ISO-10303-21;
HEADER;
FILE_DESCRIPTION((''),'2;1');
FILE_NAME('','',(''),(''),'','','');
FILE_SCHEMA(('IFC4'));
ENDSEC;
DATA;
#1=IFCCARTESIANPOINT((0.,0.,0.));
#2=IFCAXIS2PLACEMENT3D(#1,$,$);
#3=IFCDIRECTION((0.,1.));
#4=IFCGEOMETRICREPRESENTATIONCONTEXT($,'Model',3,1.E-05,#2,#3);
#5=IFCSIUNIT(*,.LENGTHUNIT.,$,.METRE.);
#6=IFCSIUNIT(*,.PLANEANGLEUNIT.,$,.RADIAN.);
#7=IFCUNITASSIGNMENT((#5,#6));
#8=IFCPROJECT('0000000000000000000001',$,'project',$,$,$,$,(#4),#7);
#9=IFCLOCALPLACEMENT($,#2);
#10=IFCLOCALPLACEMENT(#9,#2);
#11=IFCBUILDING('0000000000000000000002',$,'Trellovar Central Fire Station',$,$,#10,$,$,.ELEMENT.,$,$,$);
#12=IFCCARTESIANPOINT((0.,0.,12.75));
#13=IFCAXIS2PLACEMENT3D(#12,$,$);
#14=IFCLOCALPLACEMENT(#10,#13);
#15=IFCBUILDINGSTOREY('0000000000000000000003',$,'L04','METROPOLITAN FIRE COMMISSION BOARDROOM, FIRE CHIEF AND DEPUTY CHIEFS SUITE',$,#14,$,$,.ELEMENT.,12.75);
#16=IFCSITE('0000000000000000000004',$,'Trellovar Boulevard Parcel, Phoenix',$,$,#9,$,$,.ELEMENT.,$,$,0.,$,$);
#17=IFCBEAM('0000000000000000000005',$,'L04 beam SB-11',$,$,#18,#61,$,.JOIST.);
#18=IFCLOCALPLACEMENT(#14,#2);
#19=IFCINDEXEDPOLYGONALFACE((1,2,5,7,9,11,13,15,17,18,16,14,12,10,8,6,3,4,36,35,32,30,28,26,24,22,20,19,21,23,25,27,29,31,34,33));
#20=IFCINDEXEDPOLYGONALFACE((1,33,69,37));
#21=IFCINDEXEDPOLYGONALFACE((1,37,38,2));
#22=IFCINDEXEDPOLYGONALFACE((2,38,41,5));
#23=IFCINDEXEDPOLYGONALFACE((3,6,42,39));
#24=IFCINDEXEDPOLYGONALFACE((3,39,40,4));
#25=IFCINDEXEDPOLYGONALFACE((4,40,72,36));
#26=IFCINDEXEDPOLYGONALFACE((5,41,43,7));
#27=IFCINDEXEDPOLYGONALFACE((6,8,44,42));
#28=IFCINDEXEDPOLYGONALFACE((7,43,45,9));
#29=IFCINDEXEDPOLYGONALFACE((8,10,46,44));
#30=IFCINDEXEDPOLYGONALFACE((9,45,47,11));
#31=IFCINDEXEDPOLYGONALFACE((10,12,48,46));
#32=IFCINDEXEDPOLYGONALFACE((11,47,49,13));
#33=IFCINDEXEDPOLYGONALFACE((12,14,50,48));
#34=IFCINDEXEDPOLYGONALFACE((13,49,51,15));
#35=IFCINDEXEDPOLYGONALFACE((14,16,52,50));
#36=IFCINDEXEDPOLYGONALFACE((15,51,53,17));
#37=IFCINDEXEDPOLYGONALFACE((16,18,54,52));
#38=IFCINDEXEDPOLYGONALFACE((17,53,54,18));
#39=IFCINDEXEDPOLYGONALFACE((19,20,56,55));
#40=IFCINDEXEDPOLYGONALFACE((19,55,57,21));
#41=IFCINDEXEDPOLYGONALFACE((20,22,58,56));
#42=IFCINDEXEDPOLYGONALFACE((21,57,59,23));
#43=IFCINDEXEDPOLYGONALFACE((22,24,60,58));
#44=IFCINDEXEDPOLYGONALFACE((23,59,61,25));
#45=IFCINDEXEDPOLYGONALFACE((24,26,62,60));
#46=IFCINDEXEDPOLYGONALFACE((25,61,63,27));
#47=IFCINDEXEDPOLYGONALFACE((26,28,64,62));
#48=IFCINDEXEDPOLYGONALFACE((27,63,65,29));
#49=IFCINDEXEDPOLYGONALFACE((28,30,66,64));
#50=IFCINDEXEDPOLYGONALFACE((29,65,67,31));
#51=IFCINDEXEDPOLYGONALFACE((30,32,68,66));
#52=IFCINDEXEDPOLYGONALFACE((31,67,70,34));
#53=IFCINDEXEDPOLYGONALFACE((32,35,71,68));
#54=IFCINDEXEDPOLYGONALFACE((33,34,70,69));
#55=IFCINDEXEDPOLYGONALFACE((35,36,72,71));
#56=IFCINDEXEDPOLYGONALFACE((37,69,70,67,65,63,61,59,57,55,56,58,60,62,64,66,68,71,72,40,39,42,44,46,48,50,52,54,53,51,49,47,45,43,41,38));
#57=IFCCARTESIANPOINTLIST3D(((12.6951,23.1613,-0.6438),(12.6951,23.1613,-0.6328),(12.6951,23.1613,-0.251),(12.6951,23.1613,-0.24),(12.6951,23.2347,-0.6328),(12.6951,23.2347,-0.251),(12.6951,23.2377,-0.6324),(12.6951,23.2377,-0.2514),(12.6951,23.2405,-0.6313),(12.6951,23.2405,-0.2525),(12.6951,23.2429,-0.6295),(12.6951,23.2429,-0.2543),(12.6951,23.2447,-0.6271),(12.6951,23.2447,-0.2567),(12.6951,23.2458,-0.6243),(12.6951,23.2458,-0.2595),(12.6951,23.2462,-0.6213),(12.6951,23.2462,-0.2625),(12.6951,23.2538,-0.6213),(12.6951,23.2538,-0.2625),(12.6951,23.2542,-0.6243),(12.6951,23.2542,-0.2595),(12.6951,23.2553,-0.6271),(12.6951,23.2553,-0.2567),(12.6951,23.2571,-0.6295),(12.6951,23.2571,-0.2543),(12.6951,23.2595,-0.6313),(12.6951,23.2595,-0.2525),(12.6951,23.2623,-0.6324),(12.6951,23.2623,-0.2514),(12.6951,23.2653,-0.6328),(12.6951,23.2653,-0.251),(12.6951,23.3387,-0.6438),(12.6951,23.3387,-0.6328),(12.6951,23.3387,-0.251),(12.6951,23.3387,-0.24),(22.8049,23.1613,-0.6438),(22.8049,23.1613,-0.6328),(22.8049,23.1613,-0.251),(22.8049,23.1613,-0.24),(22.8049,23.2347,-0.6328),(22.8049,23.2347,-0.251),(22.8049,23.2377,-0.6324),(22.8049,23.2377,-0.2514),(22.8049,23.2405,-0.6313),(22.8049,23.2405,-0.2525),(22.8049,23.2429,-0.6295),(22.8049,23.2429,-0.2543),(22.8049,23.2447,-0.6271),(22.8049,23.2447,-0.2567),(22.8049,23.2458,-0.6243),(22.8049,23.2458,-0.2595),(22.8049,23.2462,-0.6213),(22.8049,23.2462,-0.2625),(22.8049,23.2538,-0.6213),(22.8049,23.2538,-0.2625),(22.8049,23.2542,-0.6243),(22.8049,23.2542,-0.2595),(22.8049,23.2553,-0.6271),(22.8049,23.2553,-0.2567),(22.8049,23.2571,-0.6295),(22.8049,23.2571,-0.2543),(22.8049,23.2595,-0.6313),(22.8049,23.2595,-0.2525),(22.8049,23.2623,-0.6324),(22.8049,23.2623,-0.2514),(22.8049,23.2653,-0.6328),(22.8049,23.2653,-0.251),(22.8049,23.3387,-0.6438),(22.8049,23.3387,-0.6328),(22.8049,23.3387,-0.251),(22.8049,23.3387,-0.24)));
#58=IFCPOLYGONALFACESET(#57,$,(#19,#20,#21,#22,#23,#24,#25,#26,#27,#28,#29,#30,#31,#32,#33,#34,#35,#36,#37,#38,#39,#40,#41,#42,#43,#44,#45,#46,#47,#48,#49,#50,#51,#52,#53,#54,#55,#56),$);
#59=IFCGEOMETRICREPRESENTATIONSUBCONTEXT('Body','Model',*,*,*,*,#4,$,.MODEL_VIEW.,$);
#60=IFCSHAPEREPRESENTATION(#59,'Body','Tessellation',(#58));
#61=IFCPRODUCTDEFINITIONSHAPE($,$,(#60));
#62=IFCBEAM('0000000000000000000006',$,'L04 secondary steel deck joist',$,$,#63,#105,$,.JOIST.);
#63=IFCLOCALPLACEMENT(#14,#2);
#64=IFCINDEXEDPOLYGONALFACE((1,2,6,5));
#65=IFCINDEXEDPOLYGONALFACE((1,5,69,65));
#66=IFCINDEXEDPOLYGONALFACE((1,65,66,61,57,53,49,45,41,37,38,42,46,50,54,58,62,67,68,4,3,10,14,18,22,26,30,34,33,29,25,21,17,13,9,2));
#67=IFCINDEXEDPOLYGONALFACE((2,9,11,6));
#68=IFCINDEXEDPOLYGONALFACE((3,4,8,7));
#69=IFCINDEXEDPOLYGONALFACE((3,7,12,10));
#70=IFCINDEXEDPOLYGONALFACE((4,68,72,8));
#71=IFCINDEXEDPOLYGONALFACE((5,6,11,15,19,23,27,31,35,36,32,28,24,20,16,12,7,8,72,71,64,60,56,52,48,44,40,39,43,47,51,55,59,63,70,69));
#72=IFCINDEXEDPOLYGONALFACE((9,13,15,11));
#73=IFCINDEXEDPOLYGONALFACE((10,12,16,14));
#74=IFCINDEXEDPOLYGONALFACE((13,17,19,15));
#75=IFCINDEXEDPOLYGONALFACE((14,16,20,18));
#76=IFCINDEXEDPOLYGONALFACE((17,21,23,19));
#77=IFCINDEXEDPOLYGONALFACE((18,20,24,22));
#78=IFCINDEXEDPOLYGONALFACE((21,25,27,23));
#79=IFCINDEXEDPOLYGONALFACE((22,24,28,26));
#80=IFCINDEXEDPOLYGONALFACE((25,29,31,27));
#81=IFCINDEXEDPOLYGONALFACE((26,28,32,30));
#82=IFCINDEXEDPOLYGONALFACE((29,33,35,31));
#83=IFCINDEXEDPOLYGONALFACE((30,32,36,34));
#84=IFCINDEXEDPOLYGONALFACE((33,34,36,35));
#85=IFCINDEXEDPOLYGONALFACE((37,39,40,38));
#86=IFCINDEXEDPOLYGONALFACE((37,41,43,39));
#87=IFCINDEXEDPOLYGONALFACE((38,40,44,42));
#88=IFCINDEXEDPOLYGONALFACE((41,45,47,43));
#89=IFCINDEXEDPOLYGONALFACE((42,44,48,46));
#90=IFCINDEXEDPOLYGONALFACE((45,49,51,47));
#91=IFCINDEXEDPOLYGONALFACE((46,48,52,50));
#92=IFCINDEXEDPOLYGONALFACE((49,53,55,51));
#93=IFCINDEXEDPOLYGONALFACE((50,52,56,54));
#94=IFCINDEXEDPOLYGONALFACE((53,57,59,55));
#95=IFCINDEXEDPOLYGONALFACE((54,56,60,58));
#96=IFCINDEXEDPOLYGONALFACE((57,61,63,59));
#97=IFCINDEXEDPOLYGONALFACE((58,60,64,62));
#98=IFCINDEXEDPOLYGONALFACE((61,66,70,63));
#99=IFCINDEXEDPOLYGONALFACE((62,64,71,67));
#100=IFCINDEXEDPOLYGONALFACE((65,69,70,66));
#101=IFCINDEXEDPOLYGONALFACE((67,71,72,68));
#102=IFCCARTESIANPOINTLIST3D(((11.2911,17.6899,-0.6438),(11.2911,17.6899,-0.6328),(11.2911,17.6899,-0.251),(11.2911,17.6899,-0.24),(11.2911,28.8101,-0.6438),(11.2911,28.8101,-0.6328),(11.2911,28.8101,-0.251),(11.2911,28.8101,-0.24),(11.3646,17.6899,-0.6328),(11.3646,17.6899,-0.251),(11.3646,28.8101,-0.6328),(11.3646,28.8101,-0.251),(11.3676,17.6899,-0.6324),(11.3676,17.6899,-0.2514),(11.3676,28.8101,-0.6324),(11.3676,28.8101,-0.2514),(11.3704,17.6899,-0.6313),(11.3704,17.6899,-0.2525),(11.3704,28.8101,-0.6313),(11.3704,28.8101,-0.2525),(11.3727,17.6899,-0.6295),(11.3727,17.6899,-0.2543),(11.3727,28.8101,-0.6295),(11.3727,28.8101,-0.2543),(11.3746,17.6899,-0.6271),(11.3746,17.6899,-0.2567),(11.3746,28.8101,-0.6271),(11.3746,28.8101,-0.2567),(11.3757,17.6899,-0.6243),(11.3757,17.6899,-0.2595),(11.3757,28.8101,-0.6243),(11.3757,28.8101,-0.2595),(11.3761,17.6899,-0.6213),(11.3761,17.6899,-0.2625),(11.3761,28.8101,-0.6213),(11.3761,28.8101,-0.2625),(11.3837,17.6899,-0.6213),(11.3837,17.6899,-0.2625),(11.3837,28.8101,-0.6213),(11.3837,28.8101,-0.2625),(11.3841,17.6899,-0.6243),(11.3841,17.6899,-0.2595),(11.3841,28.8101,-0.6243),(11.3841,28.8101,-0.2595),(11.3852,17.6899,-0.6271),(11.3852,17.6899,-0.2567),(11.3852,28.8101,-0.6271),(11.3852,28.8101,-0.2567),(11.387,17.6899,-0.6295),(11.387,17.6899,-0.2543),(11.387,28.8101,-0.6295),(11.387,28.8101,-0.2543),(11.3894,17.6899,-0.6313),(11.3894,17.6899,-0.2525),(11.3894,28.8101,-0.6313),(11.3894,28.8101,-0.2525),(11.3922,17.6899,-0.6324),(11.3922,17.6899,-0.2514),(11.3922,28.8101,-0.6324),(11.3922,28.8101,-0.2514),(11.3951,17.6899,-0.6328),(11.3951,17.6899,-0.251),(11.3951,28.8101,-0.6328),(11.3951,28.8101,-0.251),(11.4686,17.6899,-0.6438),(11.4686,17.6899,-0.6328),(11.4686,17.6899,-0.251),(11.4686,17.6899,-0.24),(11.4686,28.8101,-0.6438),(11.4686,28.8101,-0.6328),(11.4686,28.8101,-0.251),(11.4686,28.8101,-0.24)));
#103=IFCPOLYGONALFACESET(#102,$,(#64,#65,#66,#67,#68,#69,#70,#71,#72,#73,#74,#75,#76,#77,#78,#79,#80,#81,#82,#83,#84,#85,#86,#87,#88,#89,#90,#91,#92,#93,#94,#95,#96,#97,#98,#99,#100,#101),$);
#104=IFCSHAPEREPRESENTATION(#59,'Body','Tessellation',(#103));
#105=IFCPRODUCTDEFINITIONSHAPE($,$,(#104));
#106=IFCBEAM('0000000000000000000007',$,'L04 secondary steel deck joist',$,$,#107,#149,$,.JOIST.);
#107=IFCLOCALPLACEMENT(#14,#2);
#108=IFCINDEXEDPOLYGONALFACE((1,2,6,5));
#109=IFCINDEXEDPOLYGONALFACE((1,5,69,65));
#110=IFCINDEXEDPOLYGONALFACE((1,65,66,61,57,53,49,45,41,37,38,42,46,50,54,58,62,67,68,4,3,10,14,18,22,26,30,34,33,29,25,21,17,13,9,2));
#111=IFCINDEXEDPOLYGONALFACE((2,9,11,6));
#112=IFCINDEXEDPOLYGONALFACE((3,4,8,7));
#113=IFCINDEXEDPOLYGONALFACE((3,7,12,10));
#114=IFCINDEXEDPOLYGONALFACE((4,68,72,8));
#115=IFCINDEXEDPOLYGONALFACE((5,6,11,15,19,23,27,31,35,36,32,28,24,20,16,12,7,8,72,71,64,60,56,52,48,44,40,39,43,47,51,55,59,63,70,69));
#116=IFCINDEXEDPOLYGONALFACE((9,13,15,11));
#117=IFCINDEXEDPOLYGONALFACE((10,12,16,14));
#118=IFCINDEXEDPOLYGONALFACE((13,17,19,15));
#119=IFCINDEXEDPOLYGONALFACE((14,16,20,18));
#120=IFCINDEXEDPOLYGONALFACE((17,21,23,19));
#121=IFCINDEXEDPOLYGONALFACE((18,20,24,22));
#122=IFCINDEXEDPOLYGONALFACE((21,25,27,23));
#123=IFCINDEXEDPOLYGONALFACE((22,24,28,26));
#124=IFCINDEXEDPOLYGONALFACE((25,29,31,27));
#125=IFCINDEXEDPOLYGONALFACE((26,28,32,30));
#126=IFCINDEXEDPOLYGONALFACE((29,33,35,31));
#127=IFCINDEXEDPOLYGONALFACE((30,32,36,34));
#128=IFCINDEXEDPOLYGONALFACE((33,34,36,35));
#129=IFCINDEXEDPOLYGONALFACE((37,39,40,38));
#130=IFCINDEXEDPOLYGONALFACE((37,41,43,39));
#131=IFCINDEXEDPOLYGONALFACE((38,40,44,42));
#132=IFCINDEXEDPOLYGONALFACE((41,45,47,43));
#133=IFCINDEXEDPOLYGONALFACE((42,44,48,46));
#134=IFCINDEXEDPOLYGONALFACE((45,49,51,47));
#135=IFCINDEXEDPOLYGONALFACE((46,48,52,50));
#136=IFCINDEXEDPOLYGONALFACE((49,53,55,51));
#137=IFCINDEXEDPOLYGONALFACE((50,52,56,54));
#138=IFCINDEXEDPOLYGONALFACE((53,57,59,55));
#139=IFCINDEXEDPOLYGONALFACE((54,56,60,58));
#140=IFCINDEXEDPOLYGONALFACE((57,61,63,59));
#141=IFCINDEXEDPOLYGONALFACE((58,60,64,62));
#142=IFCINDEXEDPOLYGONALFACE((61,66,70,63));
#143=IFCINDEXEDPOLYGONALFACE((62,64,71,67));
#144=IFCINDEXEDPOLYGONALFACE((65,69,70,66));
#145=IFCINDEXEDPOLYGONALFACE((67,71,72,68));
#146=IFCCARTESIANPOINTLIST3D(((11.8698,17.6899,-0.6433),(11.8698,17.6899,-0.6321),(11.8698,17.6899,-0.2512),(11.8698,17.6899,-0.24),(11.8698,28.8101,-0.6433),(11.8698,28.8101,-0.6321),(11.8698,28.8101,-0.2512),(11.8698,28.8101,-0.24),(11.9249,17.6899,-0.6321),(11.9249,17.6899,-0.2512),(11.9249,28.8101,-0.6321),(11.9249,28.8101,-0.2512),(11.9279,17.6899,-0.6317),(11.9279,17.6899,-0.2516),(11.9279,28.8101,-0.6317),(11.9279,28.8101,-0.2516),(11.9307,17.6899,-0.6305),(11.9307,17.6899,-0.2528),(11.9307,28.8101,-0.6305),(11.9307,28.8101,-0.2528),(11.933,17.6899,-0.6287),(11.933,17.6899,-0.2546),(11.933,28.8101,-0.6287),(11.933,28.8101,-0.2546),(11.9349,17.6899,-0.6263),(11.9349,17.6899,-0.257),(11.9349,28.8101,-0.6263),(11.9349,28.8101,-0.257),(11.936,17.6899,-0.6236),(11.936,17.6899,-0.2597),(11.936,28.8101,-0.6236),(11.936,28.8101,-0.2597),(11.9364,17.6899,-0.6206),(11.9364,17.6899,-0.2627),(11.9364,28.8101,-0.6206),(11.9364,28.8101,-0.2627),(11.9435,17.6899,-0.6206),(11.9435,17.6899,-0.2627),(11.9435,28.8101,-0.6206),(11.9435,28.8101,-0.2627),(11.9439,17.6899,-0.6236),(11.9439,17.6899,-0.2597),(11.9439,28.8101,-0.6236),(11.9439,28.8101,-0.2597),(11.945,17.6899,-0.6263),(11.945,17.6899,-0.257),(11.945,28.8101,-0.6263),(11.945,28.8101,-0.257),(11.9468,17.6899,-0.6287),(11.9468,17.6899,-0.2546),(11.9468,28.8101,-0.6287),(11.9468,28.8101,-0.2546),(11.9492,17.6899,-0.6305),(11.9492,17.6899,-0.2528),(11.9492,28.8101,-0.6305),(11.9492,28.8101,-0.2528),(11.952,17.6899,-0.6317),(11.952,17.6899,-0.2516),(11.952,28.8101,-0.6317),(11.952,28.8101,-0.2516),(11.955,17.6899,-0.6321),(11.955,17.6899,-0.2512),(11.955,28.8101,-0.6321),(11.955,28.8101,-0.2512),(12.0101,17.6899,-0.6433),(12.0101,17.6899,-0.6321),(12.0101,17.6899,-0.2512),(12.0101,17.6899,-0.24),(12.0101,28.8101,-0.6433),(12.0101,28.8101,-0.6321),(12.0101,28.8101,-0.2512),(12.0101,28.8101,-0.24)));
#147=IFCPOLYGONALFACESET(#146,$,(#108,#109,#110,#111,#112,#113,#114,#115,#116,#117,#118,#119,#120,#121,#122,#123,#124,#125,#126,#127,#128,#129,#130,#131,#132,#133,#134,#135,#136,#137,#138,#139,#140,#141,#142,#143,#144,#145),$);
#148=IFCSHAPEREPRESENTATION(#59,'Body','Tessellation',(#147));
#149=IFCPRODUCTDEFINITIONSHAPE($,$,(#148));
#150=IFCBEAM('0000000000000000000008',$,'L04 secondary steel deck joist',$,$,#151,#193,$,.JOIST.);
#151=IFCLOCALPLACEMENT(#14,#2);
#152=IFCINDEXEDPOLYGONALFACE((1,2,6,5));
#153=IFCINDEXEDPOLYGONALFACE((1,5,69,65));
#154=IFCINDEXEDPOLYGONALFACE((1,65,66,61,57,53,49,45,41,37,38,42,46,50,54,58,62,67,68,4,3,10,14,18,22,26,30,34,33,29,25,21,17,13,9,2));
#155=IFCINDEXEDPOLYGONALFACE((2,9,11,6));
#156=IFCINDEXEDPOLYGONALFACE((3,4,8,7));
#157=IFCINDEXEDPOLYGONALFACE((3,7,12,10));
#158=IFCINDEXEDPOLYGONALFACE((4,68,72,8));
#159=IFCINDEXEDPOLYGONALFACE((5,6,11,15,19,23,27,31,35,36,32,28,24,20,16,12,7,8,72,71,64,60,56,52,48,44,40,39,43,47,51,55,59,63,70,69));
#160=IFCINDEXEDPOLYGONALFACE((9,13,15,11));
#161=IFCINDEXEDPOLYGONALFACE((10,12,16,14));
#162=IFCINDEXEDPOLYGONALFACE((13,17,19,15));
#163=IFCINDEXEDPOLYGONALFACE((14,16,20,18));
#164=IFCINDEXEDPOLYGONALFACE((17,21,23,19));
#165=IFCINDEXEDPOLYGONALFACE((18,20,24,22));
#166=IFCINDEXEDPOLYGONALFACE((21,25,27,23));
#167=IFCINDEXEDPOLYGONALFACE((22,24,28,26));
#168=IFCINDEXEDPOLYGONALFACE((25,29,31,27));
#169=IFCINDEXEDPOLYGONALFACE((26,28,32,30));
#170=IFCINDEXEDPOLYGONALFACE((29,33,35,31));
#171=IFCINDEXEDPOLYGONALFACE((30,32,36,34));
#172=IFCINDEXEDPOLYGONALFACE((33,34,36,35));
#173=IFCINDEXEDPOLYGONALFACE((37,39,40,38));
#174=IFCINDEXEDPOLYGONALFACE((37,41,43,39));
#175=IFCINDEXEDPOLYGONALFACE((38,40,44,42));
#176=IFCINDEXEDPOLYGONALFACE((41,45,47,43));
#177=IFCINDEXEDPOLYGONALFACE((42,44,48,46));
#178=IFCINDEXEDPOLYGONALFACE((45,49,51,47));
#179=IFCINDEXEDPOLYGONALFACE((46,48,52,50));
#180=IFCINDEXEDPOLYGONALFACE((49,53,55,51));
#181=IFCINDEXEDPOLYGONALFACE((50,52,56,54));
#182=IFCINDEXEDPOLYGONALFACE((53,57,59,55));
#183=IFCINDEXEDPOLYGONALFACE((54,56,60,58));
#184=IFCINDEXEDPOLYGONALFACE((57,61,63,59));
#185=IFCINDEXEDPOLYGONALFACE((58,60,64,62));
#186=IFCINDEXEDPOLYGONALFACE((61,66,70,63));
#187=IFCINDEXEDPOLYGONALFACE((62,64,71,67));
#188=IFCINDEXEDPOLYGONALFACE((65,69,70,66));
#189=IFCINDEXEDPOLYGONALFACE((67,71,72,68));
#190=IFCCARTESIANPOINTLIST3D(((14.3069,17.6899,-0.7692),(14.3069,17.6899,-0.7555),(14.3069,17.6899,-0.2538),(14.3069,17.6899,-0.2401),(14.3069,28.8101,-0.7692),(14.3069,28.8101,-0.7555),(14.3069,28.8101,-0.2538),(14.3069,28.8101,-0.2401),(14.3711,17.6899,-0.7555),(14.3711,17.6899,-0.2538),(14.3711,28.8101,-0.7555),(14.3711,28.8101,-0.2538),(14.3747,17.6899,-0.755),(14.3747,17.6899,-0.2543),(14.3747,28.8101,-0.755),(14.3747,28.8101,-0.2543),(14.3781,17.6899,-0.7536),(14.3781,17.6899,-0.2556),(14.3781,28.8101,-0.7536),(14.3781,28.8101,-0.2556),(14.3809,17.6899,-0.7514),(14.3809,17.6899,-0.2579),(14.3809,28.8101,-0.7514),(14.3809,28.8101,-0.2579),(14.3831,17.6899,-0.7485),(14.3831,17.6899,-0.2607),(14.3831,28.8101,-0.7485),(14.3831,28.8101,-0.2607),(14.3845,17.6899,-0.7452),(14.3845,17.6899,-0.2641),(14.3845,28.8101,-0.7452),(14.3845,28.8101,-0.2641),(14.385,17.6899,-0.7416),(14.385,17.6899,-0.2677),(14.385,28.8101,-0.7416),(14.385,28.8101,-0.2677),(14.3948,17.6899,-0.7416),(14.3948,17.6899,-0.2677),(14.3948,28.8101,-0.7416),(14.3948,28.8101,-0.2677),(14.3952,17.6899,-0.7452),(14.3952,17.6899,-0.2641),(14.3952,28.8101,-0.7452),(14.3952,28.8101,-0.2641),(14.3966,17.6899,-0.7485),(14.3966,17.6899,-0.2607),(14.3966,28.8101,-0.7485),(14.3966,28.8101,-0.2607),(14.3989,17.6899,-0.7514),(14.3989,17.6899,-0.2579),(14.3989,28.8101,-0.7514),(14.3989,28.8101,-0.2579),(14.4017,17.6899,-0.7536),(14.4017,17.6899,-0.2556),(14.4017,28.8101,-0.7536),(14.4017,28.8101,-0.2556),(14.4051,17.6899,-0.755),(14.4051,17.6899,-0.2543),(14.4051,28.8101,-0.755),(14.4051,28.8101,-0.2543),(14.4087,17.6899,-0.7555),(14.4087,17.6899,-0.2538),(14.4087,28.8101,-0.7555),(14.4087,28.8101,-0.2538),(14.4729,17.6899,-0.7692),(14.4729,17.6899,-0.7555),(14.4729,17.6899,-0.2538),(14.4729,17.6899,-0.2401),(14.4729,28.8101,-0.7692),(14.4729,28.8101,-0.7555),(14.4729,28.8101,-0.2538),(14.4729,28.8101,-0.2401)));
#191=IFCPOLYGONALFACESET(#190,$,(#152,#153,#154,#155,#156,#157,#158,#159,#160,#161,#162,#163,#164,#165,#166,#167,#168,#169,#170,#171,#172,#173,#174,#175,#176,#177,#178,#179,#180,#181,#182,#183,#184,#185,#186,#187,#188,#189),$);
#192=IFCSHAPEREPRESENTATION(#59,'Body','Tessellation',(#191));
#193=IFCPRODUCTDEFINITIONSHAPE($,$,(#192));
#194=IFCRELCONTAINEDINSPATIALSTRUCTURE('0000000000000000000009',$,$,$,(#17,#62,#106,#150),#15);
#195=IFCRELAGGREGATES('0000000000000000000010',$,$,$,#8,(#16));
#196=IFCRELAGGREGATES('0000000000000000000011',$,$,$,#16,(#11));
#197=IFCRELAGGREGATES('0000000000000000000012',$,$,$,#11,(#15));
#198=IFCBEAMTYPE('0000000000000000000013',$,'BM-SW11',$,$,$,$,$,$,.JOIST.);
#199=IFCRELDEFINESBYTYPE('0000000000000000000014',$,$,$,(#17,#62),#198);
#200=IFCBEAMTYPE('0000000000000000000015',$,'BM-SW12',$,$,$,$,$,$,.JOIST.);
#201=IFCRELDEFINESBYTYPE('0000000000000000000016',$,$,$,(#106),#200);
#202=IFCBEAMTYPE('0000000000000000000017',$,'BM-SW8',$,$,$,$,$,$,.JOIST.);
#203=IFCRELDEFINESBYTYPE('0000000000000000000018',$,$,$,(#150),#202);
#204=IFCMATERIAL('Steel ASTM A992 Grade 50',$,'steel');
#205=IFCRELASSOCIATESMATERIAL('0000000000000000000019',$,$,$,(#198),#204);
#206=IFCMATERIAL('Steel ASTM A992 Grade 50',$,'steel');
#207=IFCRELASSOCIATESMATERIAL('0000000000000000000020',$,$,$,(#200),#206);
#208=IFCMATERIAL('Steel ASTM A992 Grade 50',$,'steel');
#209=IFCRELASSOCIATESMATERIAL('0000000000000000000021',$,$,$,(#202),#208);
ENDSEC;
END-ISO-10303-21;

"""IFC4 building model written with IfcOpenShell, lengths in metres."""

from ifc_helpers import new_model, si_unit, direction, frame, origin, origin_2d, place, context, subcontext, project, spatial, i_section, extrude, material, material_profile, profile_set, type_object, element, save


model = new_model("IFC4")

# Units and contexts
model_context = context("Model", 3, precision=1e-05, world=origin(), true_north=direction((0.0, 1.0)))
body_context = subcontext(model_context, "Body", "Model", "MODEL_VIEW")
ifc_project = project(units=[si_unit("LENGTHUNIT", "METRE"), si_unit("PLANEANGLEUNIT", "RADIAN")], contexts=[model_context])

# Site, building, storey
site_placement = place(None, origin())
site = spatial("IfcSite", under=ifc_project, at=site_placement, Name="Trellovar Boulevard Parcel, Phoenix", CompositionType="ELEMENT", RefElevation=0.0)
building_placement = place(site_placement, origin())
building = spatial("IfcBuilding", under=site, at=building_placement, Name="Trellovar Central Fire Station", CompositionType="ELEMENT")
storey_placement = place(building_placement, frame((0.0, 0.0, 12.75)))
storey = spatial("IfcBuildingStorey", under=building, at=storey_placement, Name="L04", Description="METROPOLITAN FIRE COMMISSION BOARDROOM, FIRE CHIEF AND DEPUTY CHIEFS SUITE", CompositionType="ELEMENT", Elevation=12.75)

# Beams
ifc_material_1 = material(Name="Steel ASTM A992 Grade 50", Category="steel")
ifc_material_profile_1 = material_profile(ifc_material_1, i_section(OverallWidth=0.1775, OverallDepth=0.4038, WebThickness=0.0076, FlangeThickness=0.011, FilletRadius=0.0115, at=origin_2d()), Name="W16X36")
ifc_profile_set_1 = profile_set([ifc_material_profile_1], Name="Steel ASTM A992 Grade 50")
beam_type_1 = type_object("IfcBeamType", Name="BM-SW11", PredefinedType="JOIST", material=ifc_profile_set_1)
for number, where, z_axis, x_axis, name in (
    (1, (12.6951, 23.25, -0.4419), (1.0, 0.0, 0.0), (0.0, 1.0, 0.0), "L04 beam SB-11"),
):
    element("IfcBeam", number, at=place(storey_placement, frame(where, z_axis=z_axis, x_axis=x_axis)), inside=storey, type_object=beam_type_1, Name=name, PredefinedType="JOIST", context=body_context, shape_type="SweptSolid", body=[
        extrude(i_section(OverallWidth=0.1775, OverallDepth=0.4038, WebThickness=0.0076, FlangeThickness=0.011, FilletRadius=0.0115, at=origin_2d()), origin(), (0.0, 0.0, 1.0), 10.1099),
    ])
beam_1_placement = place(storey_placement, frame((11.3799, 17.6899, -0.4419), z_axis=(0.0, 1.0, 0.0), x_axis=(-1.0, 0.0, 0.0)))
element("IfcBeam", 2, at=beam_1_placement, inside=storey, type_object=beam_type_1, Name="L04 secondary steel deck joist", PredefinedType="JOIST", context=body_context, shape_type="SweptSolid", body=[
    extrude(i_section(OverallWidth=0.1775, OverallDepth=0.4038, WebThickness=0.0076, FlangeThickness=0.011, FilletRadius=0.0115, at=origin_2d()), origin(), (0.0, 0.0, 1.0), 11.1201),
])
ifc_material_2 = material(Name="Steel ASTM A992 Grade 50", Category="steel")
ifc_material_profile_2 = material_profile(ifc_material_2, i_section(OverallWidth=0.1404, OverallDepth=0.4033, WebThickness=0.0071, FlangeThickness=0.0112, FilletRadius=0.0115, at=origin_2d()), Name="W16X31")
ifc_profile_set_2 = profile_set([ifc_material_profile_2], Name="Steel ASTM A992 Grade 50")
beam_type_2 = type_object("IfcBeamType", Name="BM-SW12", PredefinedType="JOIST", material=ifc_profile_set_2)
beam_2_placement = place(storey_placement, frame((11.9399, 17.6899, -0.4417), z_axis=(0.0, 1.0, 0.0), x_axis=(-1.0, 0.0, 0.0)))
element("IfcBeam", 3, at=beam_2_placement, inside=storey, type_object=beam_type_2, Name="L04 secondary steel deck joist", PredefinedType="JOIST", context=body_context, shape_type="SweptSolid", body=[
    extrude(i_section(OverallWidth=0.1404, OverallDepth=0.4033, WebThickness=0.0071, FlangeThickness=0.0112, FilletRadius=0.0115, at=origin_2d()), origin(), (0.0, 0.0, 1.0), 11.1201),
])
ifc_material_3 = material(Name="Steel ASTM A992 Grade 50", Category="steel")
ifc_material_profile_3 = material_profile(ifc_material_3, i_section(OverallWidth=0.166, OverallDepth=0.5291, WebThickness=0.0098, FlangeThickness=0.0137, FilletRadius=0.0139, at=origin_2d()), Name="W21X50")
ifc_profile_set_3 = profile_set([ifc_material_profile_3], Name="Steel ASTM A992 Grade 50")
beam_type_3 = type_object("IfcBeamType", Name="BM-SW8", PredefinedType="JOIST", material=ifc_profile_set_3)
beam_3_placement = place(storey_placement, frame((14.3899, 17.6899, -0.5046), z_axis=(0.0, 1.0, 0.0), x_axis=(-1.0, 0.0, 0.0)))
element("IfcBeam", 4, at=beam_3_placement, inside=storey, type_object=beam_type_3, Name="L04 secondary steel deck joist", PredefinedType="JOIST", context=body_context, shape_type="SweptSolid", body=[
    extrude(i_section(OverallWidth=0.166, OverallDepth=0.5291, WebThickness=0.0098, FlangeThickness=0.0137, FilletRadius=0.0139, at=origin_2d()), origin(), (0.0, 0.0, 1.0), 11.1201),
])

save(model, "model.ifc")
